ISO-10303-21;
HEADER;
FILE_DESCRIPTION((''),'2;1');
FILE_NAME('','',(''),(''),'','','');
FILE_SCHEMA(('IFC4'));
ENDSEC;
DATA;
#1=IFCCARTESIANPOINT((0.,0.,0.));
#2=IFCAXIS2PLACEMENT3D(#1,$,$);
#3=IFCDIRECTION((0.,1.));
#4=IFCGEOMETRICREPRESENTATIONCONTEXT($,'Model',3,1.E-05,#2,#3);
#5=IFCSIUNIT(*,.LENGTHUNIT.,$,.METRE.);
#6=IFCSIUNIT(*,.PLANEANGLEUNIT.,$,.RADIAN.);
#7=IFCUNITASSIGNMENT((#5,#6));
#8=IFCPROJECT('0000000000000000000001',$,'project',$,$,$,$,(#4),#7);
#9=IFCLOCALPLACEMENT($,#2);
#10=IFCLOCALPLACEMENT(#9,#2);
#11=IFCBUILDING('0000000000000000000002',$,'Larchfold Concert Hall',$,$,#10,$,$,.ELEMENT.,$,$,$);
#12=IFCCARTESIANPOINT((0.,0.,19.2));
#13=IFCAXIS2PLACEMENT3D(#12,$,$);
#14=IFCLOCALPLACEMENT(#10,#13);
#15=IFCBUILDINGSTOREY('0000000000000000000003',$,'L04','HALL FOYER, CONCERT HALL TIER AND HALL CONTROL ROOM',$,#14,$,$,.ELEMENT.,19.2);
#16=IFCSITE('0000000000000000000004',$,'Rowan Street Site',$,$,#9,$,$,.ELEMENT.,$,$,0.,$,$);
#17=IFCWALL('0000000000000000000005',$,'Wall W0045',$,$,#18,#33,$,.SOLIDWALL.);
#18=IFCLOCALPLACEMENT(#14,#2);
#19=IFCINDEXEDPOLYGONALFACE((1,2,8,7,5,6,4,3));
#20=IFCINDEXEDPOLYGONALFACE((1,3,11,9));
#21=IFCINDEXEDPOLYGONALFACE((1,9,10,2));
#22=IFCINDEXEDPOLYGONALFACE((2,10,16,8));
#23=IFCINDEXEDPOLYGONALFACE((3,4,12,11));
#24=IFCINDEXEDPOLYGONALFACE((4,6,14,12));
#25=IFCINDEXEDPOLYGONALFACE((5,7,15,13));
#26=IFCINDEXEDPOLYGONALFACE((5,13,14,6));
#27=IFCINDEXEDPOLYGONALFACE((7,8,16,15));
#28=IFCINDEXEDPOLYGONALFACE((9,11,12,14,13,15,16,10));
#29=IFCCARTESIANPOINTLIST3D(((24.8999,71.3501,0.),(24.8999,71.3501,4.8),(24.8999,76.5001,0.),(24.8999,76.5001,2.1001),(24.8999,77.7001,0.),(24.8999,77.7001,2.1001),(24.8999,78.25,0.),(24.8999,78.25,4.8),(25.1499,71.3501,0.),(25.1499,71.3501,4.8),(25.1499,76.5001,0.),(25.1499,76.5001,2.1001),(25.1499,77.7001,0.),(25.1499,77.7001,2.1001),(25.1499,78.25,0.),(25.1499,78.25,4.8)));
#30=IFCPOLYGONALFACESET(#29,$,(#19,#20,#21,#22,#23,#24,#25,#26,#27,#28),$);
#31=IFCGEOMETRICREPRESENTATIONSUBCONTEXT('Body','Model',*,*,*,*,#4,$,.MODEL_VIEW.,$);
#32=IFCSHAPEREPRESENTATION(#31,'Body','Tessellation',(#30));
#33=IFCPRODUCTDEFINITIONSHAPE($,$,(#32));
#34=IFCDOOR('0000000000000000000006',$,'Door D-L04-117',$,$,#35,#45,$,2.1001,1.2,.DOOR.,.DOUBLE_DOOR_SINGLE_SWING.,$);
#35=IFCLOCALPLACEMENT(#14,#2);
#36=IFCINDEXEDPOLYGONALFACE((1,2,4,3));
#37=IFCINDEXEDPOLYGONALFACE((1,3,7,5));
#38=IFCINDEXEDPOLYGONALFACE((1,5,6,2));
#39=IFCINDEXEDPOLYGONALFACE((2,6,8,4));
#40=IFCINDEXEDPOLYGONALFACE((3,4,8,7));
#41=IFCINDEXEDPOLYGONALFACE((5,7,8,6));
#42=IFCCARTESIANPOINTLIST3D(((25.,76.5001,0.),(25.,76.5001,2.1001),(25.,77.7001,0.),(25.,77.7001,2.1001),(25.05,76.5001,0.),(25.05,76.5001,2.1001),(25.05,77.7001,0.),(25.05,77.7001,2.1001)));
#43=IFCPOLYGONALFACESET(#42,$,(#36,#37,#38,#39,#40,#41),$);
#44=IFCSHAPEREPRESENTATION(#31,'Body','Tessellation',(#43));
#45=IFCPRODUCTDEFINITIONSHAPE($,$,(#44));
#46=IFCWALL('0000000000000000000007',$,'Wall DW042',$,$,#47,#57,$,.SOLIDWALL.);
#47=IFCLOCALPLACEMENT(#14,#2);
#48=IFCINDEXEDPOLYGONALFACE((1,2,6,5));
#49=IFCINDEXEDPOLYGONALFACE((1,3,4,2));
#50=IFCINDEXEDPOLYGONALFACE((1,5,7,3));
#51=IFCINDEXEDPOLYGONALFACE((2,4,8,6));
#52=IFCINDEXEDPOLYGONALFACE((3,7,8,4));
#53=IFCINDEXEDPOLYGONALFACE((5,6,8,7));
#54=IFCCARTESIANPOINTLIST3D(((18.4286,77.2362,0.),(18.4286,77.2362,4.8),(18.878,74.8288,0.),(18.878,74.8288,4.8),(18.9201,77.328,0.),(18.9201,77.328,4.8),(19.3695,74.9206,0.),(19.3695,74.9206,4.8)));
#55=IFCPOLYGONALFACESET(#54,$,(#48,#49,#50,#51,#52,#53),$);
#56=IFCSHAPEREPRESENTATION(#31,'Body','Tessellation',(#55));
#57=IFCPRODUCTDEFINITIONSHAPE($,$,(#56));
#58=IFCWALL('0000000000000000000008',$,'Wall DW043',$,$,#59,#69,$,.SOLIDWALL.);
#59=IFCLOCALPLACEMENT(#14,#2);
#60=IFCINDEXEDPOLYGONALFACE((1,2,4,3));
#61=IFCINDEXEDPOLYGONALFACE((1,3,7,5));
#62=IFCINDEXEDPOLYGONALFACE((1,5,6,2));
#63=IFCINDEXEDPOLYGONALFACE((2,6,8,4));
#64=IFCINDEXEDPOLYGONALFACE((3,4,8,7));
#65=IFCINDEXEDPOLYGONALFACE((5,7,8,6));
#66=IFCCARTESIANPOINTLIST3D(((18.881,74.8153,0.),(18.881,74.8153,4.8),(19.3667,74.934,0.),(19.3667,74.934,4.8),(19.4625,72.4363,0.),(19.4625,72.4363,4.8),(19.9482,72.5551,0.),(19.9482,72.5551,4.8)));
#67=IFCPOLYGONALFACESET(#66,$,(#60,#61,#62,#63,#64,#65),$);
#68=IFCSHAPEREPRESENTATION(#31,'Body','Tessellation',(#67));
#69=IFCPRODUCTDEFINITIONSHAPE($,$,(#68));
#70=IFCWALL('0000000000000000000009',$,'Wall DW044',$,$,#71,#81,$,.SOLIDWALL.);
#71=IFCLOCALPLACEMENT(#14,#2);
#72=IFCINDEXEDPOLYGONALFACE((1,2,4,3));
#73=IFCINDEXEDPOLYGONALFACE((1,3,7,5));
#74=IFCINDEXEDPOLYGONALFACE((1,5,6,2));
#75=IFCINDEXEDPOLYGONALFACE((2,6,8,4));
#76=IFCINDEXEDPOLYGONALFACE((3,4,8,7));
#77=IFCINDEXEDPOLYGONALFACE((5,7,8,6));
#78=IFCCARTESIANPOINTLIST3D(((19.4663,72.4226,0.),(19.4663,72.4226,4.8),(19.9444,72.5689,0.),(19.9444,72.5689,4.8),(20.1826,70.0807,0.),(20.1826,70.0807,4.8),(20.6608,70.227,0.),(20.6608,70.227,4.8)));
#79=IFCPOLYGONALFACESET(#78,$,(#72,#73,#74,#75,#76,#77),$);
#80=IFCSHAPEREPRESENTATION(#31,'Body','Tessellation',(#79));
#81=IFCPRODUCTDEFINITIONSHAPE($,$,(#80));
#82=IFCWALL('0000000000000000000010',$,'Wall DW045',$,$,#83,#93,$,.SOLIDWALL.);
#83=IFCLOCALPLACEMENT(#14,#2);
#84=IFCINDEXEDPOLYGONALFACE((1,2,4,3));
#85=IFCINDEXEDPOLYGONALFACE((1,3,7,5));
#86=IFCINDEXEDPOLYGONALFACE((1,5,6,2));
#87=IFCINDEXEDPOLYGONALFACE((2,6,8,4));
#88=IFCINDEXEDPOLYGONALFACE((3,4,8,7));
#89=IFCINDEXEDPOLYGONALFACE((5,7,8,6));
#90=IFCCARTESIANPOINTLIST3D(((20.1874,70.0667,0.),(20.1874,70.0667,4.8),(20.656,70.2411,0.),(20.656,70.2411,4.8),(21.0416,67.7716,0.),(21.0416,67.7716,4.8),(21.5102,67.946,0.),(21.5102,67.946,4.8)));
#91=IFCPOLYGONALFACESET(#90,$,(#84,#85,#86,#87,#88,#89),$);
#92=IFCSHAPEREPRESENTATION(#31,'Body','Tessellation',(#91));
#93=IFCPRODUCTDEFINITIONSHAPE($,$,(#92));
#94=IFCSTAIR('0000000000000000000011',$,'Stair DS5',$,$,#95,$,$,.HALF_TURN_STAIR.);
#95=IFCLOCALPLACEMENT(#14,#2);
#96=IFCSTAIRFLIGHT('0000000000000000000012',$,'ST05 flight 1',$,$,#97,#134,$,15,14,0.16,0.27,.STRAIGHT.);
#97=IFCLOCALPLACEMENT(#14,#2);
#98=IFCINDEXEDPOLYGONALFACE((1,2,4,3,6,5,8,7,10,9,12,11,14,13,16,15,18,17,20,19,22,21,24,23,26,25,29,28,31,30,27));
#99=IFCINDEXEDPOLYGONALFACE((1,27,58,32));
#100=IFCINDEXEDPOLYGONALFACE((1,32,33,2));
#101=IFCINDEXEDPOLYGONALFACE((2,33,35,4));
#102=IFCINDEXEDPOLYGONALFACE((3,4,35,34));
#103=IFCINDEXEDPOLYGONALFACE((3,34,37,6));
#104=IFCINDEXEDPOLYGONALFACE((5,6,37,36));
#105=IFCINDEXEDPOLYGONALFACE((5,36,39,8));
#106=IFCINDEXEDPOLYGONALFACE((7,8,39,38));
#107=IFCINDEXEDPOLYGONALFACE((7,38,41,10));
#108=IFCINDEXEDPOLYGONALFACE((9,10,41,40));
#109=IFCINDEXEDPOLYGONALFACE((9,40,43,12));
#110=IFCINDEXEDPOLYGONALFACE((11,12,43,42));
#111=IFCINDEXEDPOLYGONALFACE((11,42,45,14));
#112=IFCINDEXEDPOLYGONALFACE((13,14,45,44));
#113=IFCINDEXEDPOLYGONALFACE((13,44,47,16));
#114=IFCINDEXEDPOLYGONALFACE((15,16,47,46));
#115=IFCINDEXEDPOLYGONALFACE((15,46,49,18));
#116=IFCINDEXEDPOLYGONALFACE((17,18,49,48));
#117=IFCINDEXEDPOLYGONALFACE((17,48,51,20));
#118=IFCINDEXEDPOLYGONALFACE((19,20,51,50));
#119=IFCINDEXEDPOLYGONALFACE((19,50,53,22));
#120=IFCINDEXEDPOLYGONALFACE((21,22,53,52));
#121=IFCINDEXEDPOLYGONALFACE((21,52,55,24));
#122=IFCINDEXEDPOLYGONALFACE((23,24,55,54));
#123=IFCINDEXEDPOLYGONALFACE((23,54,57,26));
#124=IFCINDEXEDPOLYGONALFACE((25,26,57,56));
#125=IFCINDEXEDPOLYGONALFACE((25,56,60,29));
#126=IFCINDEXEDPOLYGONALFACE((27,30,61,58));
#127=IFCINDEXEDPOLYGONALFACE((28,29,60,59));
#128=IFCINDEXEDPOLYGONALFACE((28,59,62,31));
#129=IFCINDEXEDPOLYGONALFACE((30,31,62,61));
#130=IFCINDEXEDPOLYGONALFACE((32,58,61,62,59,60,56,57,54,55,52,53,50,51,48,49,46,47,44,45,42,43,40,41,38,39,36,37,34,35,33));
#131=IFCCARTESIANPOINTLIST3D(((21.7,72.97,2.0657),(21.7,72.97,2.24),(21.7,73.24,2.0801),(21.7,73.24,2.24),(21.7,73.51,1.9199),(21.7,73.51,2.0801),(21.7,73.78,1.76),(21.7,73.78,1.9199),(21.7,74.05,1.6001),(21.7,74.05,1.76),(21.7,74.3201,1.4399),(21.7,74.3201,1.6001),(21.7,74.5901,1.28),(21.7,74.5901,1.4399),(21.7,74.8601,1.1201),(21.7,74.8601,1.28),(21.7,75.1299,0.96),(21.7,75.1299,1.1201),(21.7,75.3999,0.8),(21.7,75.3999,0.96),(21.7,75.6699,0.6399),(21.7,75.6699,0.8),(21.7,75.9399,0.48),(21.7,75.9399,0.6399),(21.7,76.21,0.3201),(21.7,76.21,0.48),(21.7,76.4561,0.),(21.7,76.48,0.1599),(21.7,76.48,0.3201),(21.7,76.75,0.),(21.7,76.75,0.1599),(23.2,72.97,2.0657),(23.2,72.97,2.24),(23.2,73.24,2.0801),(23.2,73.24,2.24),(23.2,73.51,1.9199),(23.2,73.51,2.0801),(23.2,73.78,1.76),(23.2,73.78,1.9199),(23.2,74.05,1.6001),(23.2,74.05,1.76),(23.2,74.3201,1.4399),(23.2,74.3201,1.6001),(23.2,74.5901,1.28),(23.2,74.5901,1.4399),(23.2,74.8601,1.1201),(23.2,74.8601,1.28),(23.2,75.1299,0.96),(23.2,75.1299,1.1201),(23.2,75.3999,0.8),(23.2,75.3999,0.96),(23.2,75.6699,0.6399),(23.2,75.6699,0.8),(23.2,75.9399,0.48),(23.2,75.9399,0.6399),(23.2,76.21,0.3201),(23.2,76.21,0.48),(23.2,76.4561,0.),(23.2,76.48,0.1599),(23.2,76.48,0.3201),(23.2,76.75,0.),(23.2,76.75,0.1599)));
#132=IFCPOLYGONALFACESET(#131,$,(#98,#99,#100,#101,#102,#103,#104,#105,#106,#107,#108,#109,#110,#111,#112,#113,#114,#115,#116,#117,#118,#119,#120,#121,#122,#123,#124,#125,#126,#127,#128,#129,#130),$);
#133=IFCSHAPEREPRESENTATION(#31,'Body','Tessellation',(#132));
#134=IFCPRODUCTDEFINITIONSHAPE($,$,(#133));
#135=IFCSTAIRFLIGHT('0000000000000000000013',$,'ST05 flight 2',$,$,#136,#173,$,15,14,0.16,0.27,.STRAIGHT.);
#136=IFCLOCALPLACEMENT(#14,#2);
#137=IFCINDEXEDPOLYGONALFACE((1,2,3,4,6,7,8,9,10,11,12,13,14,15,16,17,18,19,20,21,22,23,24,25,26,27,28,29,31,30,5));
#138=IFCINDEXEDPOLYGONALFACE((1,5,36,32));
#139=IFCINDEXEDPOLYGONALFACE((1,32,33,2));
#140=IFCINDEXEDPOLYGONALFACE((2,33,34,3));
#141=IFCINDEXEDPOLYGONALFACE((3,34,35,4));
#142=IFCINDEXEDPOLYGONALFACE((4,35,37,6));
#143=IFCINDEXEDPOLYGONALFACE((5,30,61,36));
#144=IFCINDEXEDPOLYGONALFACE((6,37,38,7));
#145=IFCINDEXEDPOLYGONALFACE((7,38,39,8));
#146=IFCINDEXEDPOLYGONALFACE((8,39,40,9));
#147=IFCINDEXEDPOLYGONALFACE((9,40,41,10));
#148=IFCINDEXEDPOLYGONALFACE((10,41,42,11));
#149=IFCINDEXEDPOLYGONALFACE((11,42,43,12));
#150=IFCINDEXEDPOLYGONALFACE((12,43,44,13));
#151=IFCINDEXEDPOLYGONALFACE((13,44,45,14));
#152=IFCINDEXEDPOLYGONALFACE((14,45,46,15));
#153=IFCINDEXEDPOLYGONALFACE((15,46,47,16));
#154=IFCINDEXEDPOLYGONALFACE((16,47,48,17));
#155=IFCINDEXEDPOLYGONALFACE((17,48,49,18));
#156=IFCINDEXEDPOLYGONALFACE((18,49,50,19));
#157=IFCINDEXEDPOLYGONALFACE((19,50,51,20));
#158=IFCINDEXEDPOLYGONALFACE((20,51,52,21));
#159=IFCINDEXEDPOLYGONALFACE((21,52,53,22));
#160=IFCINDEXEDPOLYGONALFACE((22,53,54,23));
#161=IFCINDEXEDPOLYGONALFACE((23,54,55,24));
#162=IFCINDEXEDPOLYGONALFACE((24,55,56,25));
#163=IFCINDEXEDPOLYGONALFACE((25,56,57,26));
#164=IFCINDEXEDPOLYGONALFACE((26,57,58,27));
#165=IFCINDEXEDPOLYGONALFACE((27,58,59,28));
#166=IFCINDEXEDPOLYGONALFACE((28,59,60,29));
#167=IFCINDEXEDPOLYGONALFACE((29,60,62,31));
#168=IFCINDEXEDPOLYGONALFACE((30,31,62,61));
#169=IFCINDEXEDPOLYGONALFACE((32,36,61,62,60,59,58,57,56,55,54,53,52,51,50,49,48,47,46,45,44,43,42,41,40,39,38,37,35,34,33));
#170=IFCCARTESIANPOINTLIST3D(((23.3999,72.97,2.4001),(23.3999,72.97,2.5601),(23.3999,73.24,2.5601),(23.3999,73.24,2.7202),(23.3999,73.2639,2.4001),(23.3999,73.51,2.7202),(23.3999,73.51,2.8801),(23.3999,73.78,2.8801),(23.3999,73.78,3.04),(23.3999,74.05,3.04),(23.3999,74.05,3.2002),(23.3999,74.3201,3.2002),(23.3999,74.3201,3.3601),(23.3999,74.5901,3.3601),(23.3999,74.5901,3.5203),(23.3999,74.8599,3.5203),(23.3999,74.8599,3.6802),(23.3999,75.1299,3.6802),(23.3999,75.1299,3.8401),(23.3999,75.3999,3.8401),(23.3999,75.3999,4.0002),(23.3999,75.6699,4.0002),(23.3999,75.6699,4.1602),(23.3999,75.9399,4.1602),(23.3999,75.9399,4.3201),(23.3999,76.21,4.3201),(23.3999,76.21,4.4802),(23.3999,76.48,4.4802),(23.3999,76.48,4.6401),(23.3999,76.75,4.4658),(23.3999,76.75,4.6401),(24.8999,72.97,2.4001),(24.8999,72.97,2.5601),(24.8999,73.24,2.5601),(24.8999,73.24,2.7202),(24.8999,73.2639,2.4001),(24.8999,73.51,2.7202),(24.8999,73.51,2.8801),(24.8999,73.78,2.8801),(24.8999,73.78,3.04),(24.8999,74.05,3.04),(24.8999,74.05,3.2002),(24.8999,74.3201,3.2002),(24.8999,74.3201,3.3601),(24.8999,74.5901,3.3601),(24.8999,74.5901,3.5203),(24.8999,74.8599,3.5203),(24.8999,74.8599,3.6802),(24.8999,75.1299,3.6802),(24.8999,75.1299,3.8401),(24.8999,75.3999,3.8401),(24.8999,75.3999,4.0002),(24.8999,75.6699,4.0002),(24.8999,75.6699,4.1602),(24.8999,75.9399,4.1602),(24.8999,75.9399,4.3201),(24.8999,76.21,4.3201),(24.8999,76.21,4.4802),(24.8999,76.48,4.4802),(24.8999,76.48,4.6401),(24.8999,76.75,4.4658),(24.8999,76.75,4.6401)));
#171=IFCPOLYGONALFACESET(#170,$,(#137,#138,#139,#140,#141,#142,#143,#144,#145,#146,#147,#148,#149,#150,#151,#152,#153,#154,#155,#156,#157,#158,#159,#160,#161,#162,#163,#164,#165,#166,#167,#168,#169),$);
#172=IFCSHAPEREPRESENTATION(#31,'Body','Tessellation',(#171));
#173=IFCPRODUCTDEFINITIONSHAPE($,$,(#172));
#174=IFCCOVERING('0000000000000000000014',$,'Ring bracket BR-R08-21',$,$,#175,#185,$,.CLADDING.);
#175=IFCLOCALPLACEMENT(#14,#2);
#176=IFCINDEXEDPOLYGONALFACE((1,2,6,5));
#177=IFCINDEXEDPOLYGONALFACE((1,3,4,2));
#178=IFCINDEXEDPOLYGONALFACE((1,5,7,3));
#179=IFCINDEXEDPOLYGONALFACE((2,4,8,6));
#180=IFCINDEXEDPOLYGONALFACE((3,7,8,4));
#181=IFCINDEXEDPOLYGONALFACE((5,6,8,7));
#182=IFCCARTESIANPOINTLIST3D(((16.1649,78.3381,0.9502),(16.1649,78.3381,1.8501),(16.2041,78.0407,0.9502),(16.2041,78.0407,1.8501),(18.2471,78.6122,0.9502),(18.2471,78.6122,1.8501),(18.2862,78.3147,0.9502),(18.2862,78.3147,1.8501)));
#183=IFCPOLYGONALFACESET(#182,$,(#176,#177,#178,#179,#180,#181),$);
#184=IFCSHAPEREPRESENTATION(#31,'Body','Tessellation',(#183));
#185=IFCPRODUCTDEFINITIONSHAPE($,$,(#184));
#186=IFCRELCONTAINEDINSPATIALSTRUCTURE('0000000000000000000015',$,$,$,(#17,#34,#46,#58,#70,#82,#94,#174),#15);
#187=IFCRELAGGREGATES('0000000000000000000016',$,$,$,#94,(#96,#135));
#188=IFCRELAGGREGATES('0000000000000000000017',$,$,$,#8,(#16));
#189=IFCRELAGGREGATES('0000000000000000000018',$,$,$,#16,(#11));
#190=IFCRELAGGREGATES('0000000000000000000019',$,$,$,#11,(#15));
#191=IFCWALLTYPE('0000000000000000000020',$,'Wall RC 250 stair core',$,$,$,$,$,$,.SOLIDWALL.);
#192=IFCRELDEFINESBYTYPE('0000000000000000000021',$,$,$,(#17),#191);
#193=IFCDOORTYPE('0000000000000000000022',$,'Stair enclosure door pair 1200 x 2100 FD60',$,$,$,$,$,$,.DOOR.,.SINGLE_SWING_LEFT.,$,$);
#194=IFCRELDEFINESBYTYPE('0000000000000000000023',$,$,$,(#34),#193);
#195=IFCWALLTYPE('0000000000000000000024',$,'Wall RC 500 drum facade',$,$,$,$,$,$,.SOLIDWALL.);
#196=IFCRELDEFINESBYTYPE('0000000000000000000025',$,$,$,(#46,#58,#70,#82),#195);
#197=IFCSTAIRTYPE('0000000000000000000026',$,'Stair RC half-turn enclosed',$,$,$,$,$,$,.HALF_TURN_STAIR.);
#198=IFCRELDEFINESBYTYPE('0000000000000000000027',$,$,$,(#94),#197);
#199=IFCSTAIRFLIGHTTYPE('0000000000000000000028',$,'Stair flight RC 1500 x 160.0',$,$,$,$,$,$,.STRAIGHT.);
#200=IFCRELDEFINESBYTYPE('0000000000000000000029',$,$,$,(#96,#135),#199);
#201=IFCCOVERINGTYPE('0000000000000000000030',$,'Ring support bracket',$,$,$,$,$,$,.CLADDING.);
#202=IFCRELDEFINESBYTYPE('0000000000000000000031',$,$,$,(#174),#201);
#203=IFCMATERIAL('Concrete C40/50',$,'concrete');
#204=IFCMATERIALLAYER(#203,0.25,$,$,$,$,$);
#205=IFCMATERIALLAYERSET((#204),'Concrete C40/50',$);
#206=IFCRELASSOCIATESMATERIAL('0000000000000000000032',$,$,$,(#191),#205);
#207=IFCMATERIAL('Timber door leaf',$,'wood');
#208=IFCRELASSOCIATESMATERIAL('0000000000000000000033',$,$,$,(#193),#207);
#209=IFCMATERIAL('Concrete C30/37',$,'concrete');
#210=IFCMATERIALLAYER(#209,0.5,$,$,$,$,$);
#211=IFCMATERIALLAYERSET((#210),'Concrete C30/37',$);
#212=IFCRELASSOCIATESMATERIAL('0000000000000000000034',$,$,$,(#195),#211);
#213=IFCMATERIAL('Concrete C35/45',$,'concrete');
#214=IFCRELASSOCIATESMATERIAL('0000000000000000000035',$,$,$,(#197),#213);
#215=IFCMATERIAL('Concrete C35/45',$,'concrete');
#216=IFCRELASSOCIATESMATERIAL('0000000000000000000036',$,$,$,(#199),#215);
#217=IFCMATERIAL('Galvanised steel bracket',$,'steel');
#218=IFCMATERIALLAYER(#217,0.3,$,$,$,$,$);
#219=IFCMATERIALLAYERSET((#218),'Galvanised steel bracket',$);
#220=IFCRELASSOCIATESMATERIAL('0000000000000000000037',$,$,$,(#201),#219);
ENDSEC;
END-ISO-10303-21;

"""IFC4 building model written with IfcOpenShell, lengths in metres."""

from ifc_helpers import new_model, si_unit, direction, frame, frame_2d, origin, origin_2d, place, context, subcontext, project, spatial, polyline, rectangle, outline, extrude, material, layer, layer_set, type_object, element, fill, aggregate, save


model = new_model("IFC4")

# Units and contexts
model_context = context("Model", 3, precision=1e-05, world=origin(), true_north=direction((0.0, 1.0)))
body_context = subcontext(model_context, "Body", "Model", "MODEL_VIEW")
ifc_project = project(units=[si_unit("LENGTHUNIT", "METRE"), si_unit("PLANEANGLEUNIT", "RADIAN")], contexts=[model_context])

# Site, building, storey
site_placement = place(None, origin())
site = spatial("IfcSite", under=ifc_project, at=site_placement, Name="Rowan Street Site", CompositionType="ELEMENT", RefElevation=0.0)
building_placement = place(site_placement, origin())
building = spatial("IfcBuilding", under=site, at=building_placement, Name="Larchfold Concert Hall", CompositionType="ELEMENT")
storey_placement = place(building_placement, frame((0.0, 0.0, 19.2)))
storey = spatial("IfcBuildingStorey", under=building, at=storey_placement, Name="L04", Description="HALL FOYER, CONCERT HALL TIER AND HALL CONTROL ROOM", CompositionType="ELEMENT", Elevation=19.2)

# Shared definitions
ifc_material_1 = material(Name="Concrete C40/50", Category="concrete")
ifc_layer_1 = layer(ifc_material_1, 0.25)
ifc_layer_set_1 = layer_set([ifc_layer_1], Name="Concrete C40/50")
wall_type_1 = type_object("IfcWallType", Name="Wall RC 250 stair core", PredefinedType="SOLIDWALL", material=ifc_layer_set_1)

# Wall, opening, door
wall_1_placement = place(storey_placement, frame((25.0249, 71.3501, 0.0), z_axis=(0.0, 0.0, 1.0), x_axis=(0.0, 1.0, 0.0)))
wall_1 = element("IfcWall", 1, at=wall_1_placement, inside=storey, type_object=wall_type_1, Name="Wall W0045", PredefinedType="SOLIDWALL", context=body_context, shape_type="SweptSolid", body=[
    extrude(rectangle(XDim=6.8999, YDim=0.25, at=frame_2d((3.45, 0.0))), origin(), (0.0, 0.0, 1.0), 4.8),
])
opening_1_placement = place(wall_1_placement, frame((5.1499, 0.0, 0.0)))
opening_1 = element("IfcOpeningElement", 2, at=opening_1_placement, cuts=wall_1, PredefinedType="OPENING", context=body_context, shape_type="SweptSolid", body=[
    extrude(rectangle(XDim=1.2, YDim=2.1001, at=frame_2d((0.6001, 1.05))), frame((0.0, 0.135, 0.0), z_axis=(0.0, -1.0, 0.0), x_axis=(1.0, 0.0, 0.0)), (0.0, 0.0, 1.0), 0.27),
])
ifc_material_2 = material(Name="Timber door leaf", Category="wood")
door_type_1 = type_object("IfcDoorType", Name="Stair enclosure door pair 1200 x 2100 FD60", OperationType="SINGLE_SWING_LEFT", PredefinedType="DOOR", material=ifc_material_2)
door_1_placement = place(opening_1_placement, origin())
door_1 = element("IfcDoor", 3, at=door_1_placement, inside=storey, type_object=door_type_1, Name="Door D-L04-117", OperationType="DOUBLE_DOOR_SINGLE_SWING", OverallHeight=2.1001, OverallWidth=1.2, PredefinedType="DOOR", context=body_context, shape_type="SweptSolid", body=[
    extrude(rectangle(XDim=1.2, YDim=2.1001, at=frame_2d((0.6001, 1.05))), frame((0.0, 0.0249, 0.0), z_axis=(0.0, -1.0, 0.0), x_axis=(1.0, 0.0, 0.0)), (0.0, 0.0, 1.0), 0.05),
])
fill(opening_1, door_1)

# Walls
ifc_material_3 = material(Name="Concrete C30/37", Category="concrete")
ifc_layer_2 = layer(ifc_material_3, 0.5)
ifc_layer_set_2 = layer_set([ifc_layer_2], Name="Concrete C30/37")
wall_type_2 = type_object("IfcWallType", Name="Wall RC 500 drum facade", PredefinedType="SOLIDWALL", material=ifc_layer_set_2)
for number, where, z_axis, x_axis, name in (
    (4, (18.6743, 77.2822, 0.0), (0.0, 0.0, 1.0), (0.183524, -0.983015, 0.0), "Wall DW042"),
    (5, (19.1238, 74.8748, 0.0), (0.0, 0.0, 1.0), (0.237466, -0.971396, 0.0), "Wall DW043"),
    (6, (19.7053, 72.4958, 0.0), (0.0, 0.0, 1.0), (0.292502, -0.956265, 0.0), "Wall DW044"),
    (7, (20.4216, 70.1541, 0.0), (0.0, 0.0, 1.0), (0.348817, -0.937191, 0.0), "Wall DW045"),
):
    element("IfcWall", number, at=place(storey_placement, frame(where, z_axis=z_axis, x_axis=x_axis)), inside=storey, type_object=wall_type_2, Name=name, PredefinedType="SOLIDWALL", context=body_context, shape_type="SweptSolid", body=[
        extrude(rectangle(XDim=2.449, YDim=0.5, at=frame_2d((1.2246, 0.0))), origin(), (0.0, 0.0, 1.0), 4.8),
    ])

# Stair, stair flights
ifc_material_4 = material(Name="Concrete C35/45", Category="concrete")
stair_type = type_object("IfcStairType", Name="Stair RC half-turn enclosed", PredefinedType="HALF_TURN_STAIR", material=ifc_material_4)
stair_placement = place(storey_placement, origin())
stair = element("IfcStair", 8, at=stair_placement, inside=storey, type_object=stair_type, Name="Stair DS5", PredefinedType="HALF_TURN_STAIR")
ifc_material_5 = material(Name="Concrete C35/45", Category="concrete")
stair_flight_type = type_object("IfcStairFlightType", Name="Stair flight RC 1500 x 160.0", PredefinedType="STRAIGHT", material=ifc_material_5)
stair_flight_1_placement = place(storey_placement, frame((22.45, 76.75, 0.0), z_axis=(0.0, 0.0, 1.0), x_axis=(0.0, -1.0, 0.0)))
stair_flight_1 = element("IfcStairFlight", 9, at=stair_flight_1_placement, type_object=stair_flight_type, Name="ST05 flight 1", NumberOfRisers=15, NumberOfTreads=14, PredefinedType="STRAIGHT", RiserHeight=0.16, TreadLength=0.27, context=body_context, shape_type="SweptSolid", body=[
    extrude(outline(polyline([(0.0, 0.0), (0.0, 0.1599), (0.27, 0.1599), (0.27, 0.3201), (0.54, 0.3201), (0.54, 0.48), (0.8101, 0.48), (0.8101, 0.6399), (1.0801, 0.6399), (1.0801, 0.8), (1.3501, 0.8), (1.3501, 0.96), (1.6201, 0.96), (1.6201, 1.1201), (1.8899, 1.1201), (1.8899, 1.28), (2.1599, 1.28), (2.1599, 1.4399), (2.4299, 1.4399), (2.4299, 1.6001), (2.7, 1.6001), (2.7, 1.76), (2.97, 1.76), (2.97, 1.9199), (3.24, 1.9199), (3.24, 2.0801), (3.51, 2.0801), (3.51, 2.24), (3.78, 2.24), (3.78, 2.3999), (3.78, 2.0657), (0.2939, 0.0), (0.0, 0.0)])), frame((0.0, 0.75, 0.0), z_axis=(0.0, -1.0, 0.0), x_axis=(1.0, 0.0, 0.0)), (0.0, 0.0, 1.0), 1.5),
])
stair_flight_2_placement = place(storey_placement, frame((24.1499, 72.97, 2.4001), z_axis=(0.0, 0.0, 1.0), x_axis=(0.0, 1.0, 0.0)))
stair_flight_2 = element("IfcStairFlight", 10, at=stair_flight_2_placement, type_object=stair_flight_type, Name="ST05 flight 2", NumberOfRisers=15, NumberOfTreads=14, PredefinedType="STRAIGHT", RiserHeight=0.16, TreadLength=0.27, context=body_context, shape_type="SweptSolid", body=[
    extrude(outline(polyline([(0.0, 0.0), (0.0, 0.1599), (0.27, 0.1599), (0.27, 0.3201), (0.54, 0.3201), (0.54, 0.48), (0.8101, 0.48), (0.8101, 0.6399), (1.0801, 0.6399), (1.0801, 0.8), (1.3501, 0.8), (1.3501, 0.96), (1.6201, 0.96), (1.6201, 1.1201), (1.8899, 1.1201), (1.8899, 1.28), (2.1599, 1.28), (2.1599, 1.4399), (2.4299, 1.4399), (2.4299, 1.6001), (2.7, 1.6001), (2.7, 1.76), (2.97, 1.76), (2.97, 1.9199), (3.24, 1.9199), (3.24, 2.0801), (3.51, 2.0801), (3.51, 2.24), (3.78, 2.24), (3.78, 2.3999), (3.78, 2.0657), (0.2939, 0.0), (0.0, 0.0)])), frame((0.0, 0.75, 0.0), z_axis=(0.0, -1.0, 0.0), x_axis=(1.0, 0.0, 0.0)), (0.0, 0.0, 1.0), 1.5),
])
aggregate(stair, [stair_flight_1, stair_flight_2])

# Covering
ifc_material_6 = material(Name="Galvanised steel bracket", Category="steel")
ifc_layer_3 = layer(ifc_material_6, 0.3)
ifc_layer_set_3 = layer_set([ifc_layer_3], Name="Galvanised steel bracket")
covering_type = type_object("IfcCoveringType", Name="Ring support bracket", PredefinedType="CLADDING", material=ifc_layer_set_3)
for number, where, z_axis, x_axis, name in (
    (11, (17.2256, 78.3264, 0.9502), (0.0, 0.0, 1.0), (-0.99145, -0.130488, 0.0), "Ring bracket BR-R08-21"),
):
    element("IfcCovering", number, at=place(storey_placement, frame(where, z_axis=z_axis, x_axis=x_axis)), inside=storey, type_object=covering_type, Name=name, PredefinedType="CLADDING", context=body_context, shape_type="SweptSolid", body=[
        extrude(rectangle(XDim=2.1001, YDim=0.3, at=origin_2d()), origin(), (0.0, 0.0, 1.0), 0.8999),
    ])

save(model, "model.ifc")
